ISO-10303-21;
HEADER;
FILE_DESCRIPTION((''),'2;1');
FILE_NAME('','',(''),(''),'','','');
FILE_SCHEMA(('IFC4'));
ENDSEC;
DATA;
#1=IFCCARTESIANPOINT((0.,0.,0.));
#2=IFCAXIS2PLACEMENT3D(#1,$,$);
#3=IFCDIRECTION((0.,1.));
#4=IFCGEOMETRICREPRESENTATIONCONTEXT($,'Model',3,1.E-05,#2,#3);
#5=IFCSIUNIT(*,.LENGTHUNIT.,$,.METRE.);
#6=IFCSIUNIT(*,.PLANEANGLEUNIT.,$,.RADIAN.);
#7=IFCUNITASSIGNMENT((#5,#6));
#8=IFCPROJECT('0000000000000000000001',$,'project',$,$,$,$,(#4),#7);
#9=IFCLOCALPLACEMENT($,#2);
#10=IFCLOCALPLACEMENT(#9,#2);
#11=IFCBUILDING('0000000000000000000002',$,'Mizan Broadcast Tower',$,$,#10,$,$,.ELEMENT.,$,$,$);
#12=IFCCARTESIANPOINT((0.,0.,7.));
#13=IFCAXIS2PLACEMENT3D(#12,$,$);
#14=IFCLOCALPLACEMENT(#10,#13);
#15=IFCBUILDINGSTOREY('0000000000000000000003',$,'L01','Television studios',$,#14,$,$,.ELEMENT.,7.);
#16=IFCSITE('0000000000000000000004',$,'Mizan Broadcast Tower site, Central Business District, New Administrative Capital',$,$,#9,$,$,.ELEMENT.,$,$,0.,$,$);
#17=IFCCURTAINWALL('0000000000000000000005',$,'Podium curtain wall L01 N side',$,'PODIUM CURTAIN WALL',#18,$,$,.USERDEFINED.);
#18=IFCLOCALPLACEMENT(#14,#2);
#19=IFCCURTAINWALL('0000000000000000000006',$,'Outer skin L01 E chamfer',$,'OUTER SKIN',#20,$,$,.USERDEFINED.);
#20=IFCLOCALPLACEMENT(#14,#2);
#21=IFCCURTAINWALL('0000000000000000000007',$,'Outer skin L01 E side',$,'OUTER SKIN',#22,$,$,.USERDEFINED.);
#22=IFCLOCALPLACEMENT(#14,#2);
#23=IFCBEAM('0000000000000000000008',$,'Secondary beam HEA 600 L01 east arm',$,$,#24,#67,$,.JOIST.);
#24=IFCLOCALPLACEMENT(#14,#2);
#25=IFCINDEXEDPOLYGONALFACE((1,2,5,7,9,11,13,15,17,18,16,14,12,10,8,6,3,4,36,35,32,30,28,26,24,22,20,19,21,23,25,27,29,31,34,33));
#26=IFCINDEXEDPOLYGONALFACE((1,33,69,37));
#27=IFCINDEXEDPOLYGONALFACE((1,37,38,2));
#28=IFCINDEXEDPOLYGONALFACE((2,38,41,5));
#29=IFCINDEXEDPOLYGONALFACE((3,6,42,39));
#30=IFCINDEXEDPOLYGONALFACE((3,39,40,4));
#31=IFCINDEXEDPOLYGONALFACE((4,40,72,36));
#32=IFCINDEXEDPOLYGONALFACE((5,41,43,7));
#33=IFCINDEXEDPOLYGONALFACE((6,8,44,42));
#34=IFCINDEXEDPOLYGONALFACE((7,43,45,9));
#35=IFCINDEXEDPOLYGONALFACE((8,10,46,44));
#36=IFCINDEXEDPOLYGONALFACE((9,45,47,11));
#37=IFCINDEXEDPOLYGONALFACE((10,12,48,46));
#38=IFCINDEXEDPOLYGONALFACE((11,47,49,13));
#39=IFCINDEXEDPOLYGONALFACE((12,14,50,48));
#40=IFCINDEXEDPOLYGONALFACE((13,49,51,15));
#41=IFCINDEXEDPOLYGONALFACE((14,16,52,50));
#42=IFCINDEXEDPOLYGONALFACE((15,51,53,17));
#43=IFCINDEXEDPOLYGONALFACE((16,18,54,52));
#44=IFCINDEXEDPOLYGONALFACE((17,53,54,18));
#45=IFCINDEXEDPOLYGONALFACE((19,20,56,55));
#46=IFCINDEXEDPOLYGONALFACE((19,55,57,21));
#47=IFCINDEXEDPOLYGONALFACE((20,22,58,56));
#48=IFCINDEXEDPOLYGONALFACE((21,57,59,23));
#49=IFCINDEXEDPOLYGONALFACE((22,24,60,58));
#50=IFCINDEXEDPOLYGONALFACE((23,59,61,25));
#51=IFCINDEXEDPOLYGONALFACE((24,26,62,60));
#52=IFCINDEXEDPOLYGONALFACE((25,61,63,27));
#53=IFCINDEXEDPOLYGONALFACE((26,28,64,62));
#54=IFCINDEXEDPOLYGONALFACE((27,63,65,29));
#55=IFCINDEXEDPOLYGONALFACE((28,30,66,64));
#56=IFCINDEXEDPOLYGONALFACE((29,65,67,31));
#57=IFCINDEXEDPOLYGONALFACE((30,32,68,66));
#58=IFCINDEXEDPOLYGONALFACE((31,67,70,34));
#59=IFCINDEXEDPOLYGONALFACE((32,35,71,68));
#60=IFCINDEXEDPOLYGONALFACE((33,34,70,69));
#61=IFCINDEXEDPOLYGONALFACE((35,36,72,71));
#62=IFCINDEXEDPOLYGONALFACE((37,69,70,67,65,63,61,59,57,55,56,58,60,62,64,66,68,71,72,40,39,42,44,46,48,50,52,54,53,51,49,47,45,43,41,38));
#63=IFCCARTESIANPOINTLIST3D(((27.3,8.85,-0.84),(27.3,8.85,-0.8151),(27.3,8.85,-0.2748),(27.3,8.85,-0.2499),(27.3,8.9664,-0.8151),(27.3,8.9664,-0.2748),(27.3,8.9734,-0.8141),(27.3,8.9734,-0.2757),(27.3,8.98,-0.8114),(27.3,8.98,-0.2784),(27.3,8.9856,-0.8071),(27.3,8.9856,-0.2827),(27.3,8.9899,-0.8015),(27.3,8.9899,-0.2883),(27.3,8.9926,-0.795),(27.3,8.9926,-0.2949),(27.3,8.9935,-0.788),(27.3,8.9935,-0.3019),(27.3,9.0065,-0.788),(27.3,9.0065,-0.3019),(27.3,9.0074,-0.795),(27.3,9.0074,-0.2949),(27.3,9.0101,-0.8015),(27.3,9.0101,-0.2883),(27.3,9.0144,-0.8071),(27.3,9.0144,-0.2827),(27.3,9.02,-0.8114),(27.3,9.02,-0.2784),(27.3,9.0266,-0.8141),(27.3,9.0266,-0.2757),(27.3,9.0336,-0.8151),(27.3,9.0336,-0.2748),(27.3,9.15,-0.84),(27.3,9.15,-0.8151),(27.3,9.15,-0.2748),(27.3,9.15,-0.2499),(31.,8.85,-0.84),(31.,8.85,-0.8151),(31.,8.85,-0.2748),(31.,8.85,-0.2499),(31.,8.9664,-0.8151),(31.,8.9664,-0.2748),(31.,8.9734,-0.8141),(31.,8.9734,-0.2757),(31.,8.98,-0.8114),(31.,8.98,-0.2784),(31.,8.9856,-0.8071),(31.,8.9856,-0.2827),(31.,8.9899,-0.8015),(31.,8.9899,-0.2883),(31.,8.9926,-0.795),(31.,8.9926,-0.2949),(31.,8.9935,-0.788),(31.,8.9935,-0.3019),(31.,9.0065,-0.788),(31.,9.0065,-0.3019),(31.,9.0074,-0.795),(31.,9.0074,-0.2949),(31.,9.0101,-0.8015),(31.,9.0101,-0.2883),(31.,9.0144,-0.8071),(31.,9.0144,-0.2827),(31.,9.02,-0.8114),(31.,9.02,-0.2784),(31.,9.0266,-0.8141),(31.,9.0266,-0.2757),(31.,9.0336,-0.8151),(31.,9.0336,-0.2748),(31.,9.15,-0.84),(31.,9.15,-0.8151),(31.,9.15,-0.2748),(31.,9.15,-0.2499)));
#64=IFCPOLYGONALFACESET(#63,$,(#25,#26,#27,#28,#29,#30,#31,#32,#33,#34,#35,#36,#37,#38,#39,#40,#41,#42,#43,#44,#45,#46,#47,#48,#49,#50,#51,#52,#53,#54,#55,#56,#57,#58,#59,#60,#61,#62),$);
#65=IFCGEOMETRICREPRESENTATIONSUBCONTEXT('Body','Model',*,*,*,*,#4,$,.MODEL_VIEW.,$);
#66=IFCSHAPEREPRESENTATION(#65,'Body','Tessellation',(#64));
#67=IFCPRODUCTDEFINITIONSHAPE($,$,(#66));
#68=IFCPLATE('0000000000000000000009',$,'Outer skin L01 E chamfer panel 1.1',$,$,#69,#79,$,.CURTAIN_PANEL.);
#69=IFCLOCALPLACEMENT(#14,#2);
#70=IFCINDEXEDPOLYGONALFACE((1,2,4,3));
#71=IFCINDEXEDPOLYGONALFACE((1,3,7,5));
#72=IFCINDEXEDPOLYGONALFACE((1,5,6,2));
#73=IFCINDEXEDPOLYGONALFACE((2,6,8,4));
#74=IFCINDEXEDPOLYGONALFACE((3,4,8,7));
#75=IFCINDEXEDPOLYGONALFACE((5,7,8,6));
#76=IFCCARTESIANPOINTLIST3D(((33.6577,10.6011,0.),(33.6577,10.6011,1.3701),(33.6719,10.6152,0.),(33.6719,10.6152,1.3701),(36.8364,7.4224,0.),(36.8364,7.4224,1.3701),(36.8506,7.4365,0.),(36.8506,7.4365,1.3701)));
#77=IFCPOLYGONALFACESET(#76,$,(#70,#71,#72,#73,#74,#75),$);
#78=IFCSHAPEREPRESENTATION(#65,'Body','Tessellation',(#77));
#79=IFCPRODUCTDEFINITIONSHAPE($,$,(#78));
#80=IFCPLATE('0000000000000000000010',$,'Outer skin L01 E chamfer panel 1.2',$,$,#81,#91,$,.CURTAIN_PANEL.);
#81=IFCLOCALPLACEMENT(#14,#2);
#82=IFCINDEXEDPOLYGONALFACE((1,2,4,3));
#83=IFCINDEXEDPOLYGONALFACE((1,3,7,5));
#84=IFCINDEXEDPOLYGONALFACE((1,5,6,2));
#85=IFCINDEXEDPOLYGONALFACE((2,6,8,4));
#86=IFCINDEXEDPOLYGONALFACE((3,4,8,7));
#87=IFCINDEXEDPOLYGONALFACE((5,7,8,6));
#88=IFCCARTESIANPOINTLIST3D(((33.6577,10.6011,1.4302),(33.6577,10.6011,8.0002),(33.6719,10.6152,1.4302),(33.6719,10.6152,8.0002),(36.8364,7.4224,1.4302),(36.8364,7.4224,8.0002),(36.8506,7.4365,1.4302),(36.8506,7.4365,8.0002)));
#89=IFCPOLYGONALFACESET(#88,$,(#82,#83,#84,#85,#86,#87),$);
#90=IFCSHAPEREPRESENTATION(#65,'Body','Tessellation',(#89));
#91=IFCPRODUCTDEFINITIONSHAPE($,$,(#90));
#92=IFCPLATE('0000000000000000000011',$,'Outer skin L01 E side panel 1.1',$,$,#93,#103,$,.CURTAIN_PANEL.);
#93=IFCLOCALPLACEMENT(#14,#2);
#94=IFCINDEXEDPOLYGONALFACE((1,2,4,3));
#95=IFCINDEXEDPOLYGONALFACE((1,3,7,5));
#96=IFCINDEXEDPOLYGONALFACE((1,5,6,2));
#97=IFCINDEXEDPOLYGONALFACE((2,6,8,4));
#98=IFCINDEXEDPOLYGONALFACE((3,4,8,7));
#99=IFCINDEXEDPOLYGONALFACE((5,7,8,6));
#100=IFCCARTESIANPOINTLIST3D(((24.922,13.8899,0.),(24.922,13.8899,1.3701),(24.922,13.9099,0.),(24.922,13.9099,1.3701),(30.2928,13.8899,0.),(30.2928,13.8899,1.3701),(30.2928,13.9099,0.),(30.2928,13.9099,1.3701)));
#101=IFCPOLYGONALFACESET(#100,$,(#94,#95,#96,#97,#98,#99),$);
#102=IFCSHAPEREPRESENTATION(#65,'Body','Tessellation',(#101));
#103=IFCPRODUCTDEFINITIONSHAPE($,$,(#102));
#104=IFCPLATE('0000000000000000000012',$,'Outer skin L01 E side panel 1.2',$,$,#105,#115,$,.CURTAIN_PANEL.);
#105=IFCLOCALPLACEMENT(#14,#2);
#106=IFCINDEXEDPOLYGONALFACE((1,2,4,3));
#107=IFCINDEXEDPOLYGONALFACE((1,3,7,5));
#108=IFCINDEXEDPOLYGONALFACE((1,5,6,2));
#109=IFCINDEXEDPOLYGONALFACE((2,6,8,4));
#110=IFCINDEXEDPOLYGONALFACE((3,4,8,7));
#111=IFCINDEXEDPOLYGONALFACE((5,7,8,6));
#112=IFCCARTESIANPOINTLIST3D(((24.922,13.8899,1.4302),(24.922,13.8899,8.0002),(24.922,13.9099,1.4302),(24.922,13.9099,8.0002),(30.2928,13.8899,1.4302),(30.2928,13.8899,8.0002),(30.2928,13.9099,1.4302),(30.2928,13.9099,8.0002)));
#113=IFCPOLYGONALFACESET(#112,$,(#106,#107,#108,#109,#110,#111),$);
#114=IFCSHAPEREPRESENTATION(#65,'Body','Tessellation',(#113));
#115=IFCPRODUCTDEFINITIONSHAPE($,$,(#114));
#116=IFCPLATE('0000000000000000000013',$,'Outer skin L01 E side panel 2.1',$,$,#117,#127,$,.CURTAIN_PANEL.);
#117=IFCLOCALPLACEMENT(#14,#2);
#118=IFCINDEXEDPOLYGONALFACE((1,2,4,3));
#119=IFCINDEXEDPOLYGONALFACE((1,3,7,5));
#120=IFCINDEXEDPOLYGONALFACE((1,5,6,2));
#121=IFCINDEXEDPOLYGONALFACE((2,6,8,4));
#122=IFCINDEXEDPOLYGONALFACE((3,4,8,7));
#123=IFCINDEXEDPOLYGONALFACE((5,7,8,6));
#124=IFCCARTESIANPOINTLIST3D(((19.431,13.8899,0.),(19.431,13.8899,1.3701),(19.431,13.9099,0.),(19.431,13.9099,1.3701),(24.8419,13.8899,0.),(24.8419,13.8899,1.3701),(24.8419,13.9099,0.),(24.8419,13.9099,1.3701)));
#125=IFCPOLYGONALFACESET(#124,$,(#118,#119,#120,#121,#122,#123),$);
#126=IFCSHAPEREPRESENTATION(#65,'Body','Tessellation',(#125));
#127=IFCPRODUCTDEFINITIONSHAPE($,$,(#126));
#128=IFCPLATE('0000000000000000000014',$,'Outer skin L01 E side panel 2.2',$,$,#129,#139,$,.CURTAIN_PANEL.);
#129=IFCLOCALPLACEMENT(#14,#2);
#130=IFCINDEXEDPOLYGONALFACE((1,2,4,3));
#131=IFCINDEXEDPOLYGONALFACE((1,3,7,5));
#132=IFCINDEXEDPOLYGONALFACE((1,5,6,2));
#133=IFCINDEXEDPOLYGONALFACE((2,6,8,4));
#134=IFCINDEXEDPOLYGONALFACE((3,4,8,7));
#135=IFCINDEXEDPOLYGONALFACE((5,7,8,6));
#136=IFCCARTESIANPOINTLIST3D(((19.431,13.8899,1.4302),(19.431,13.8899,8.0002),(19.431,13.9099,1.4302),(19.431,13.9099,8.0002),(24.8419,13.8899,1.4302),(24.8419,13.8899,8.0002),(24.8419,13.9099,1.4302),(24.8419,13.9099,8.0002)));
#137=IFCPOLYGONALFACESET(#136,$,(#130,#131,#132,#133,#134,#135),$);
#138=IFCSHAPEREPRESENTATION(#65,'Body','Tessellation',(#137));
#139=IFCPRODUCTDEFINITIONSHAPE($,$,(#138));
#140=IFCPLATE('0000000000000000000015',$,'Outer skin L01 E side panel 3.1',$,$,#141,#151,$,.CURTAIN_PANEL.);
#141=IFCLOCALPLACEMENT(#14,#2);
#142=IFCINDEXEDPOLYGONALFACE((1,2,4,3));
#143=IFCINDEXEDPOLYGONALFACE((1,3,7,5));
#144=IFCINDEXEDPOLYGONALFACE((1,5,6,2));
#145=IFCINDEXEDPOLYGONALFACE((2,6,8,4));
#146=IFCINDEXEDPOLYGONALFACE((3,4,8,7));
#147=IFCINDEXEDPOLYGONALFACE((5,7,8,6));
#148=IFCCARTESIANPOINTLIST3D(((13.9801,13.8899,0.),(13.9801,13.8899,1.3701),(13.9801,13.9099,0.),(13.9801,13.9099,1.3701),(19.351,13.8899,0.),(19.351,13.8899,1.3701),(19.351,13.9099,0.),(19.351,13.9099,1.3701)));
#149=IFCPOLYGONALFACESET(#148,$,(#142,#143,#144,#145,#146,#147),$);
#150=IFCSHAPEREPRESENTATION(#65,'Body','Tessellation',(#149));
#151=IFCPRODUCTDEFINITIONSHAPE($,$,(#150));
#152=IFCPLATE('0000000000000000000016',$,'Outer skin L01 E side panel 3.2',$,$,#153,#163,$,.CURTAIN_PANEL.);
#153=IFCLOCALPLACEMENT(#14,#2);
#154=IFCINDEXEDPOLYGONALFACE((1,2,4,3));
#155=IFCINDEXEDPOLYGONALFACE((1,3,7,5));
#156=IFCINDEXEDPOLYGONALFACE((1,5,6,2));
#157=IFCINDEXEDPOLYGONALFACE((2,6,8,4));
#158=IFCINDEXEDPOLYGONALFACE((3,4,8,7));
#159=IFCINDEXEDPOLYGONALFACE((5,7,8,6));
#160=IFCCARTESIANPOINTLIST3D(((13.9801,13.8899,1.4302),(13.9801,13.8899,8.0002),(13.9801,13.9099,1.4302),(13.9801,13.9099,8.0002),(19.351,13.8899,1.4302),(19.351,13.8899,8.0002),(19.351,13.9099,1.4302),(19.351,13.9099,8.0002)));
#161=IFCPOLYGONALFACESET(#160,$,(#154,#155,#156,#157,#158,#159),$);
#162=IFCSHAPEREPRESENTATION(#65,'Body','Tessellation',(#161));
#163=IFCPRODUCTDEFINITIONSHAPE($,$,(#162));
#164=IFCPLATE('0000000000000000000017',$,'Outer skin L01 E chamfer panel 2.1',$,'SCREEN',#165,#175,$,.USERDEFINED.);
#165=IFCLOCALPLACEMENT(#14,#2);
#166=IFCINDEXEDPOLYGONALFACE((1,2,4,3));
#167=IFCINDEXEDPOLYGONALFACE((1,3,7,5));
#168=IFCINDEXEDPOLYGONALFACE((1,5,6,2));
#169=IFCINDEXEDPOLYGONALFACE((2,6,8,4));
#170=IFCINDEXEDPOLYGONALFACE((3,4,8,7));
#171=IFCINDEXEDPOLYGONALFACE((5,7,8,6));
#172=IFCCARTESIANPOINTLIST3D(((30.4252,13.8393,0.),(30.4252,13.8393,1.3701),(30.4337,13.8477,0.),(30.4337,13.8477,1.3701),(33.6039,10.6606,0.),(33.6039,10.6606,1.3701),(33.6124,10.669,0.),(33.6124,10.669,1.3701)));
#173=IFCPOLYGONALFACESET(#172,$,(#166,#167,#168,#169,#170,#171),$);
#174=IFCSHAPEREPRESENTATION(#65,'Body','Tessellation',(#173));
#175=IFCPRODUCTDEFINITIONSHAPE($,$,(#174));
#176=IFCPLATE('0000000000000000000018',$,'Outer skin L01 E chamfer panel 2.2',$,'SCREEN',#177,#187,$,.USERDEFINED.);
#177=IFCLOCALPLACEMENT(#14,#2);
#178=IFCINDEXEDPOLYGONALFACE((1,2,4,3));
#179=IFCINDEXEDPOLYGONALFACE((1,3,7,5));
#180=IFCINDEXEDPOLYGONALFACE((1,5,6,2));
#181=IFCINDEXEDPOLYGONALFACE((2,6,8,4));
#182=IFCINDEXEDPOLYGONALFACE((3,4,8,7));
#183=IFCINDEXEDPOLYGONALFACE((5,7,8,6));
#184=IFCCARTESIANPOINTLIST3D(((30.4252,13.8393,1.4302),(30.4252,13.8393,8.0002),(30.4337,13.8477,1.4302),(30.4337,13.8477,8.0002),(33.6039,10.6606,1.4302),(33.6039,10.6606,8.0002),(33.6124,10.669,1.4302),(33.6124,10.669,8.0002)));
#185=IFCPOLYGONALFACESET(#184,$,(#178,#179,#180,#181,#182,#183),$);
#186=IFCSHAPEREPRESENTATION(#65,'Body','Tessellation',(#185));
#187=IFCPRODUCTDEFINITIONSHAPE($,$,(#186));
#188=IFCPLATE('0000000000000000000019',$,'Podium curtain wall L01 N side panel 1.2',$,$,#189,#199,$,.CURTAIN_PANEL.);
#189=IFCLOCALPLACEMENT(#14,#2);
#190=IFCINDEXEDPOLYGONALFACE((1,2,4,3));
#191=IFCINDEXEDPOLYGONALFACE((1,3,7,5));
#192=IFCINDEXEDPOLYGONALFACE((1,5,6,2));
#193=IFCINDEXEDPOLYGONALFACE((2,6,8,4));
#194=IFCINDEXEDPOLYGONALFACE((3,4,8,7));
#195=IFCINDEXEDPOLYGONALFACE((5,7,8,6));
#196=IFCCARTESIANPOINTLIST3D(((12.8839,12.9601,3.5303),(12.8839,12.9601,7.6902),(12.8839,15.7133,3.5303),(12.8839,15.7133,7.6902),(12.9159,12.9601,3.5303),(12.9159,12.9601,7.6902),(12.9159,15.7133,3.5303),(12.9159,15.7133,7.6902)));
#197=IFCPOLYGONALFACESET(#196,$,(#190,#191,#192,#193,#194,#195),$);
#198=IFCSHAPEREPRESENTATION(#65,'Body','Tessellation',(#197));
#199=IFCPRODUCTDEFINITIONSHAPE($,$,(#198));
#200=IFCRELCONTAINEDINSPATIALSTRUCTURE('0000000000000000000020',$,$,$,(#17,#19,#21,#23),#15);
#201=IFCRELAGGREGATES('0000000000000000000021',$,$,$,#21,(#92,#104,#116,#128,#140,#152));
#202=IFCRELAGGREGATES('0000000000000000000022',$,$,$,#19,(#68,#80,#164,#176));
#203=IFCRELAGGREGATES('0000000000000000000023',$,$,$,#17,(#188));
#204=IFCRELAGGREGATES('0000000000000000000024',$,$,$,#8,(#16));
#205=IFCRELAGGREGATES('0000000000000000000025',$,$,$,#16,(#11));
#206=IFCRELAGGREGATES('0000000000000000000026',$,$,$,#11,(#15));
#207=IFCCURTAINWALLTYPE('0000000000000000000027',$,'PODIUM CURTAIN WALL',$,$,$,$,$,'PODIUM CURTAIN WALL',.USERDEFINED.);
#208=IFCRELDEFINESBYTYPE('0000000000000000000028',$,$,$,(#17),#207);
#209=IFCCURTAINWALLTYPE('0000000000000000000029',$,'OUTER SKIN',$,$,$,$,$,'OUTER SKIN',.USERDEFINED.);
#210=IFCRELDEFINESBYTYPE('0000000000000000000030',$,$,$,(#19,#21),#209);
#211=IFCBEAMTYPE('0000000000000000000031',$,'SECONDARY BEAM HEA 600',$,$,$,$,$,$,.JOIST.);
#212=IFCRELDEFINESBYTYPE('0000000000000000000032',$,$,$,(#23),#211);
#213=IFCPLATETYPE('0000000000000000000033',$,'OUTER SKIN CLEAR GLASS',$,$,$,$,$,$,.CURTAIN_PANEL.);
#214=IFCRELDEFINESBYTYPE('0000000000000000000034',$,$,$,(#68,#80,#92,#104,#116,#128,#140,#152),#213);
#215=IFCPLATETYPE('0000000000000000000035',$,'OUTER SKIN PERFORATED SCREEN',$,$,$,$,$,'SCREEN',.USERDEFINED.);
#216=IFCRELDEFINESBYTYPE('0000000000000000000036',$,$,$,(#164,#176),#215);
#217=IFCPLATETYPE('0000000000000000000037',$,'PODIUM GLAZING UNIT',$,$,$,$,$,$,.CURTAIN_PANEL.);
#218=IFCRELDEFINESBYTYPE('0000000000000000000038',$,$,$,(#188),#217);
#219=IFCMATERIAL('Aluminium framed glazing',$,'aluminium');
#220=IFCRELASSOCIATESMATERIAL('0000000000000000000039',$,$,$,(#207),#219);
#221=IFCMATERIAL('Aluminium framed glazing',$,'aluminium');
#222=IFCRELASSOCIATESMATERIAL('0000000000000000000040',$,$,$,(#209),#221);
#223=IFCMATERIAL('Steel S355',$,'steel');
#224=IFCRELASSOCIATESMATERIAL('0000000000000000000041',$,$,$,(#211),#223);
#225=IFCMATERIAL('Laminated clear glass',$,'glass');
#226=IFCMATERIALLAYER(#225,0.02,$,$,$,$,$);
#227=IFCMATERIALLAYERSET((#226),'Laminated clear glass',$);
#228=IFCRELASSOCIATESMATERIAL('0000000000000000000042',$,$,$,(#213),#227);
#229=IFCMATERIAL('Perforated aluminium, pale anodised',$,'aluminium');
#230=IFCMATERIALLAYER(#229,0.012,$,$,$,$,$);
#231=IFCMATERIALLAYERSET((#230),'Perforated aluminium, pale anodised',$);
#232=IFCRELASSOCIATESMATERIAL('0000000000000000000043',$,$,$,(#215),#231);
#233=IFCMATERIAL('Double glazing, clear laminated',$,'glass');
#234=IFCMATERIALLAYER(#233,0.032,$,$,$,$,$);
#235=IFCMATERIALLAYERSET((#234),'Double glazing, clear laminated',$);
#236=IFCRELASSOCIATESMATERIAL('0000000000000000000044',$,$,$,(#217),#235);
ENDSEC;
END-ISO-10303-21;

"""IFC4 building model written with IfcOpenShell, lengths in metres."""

from ifc_helpers import new_model, si_unit, direction, frame, origin, origin_2d, place, context, subcontext, project, spatial, rectangle, i_section, extrude, material, layer, layer_set, material_profile, profile_set, type_object, element, aggregate, save


model = new_model("IFC4")

# Units and contexts
model_context = context("Model", 3, precision=1e-05, world=origin(), true_north=direction((0.0, 1.0)))
body_context = subcontext(model_context, "Body", "Model", "MODEL_VIEW")
ifc_project = project(units=[si_unit("LENGTHUNIT", "METRE"), si_unit("PLANEANGLEUNIT", "RADIAN")], contexts=[model_context])

# Site, building, storey
site_placement = place(None, origin())
site = spatial("IfcSite", under=ifc_project, at=site_placement, Name="Mizan Broadcast Tower site, Central Business District, New Administrative Capital", CompositionType="ELEMENT", RefElevation=0.0)
building_placement = place(site_placement, origin())
building = spatial("IfcBuilding", under=site, at=building_placement, Name="Mizan Broadcast Tower", CompositionType="ELEMENT")
storey_placement = place(building_placement, frame((0.0, 0.0, 7.0)))
storey = spatial("IfcBuildingStorey", under=building, at=storey_placement, Name="L01", Description="Television studios", CompositionType="ELEMENT", Elevation=7.0)

# Curtain wall
ifc_material_1 = material(Name="Aluminium framed glazing", Category="aluminium")
curtain_wall_type_1 = type_object("IfcCurtainWallType", Name="PODIUM CURTAIN WALL", ElementType="PODIUM CURTAIN WALL", PredefinedType="USERDEFINED", material=ifc_material_1)
curtain_wall_1_placement = place(storey_placement, origin())
curtain_wall_1 = element("IfcCurtainWall", 1, at=curtain_wall_1_placement, inside=storey, type_object=curtain_wall_type_1, Name="Podium curtain wall L01 N side", ObjectType="PODIUM CURTAIN WALL", PredefinedType="USERDEFINED")
ifc_material_2 = material(Name="Aluminium framed glazing", Category="aluminium")
curtain_wall_type_2 = type_object("IfcCurtainWallType", Name="OUTER SKIN", ElementType="OUTER SKIN", PredefinedType="USERDEFINED", material=ifc_material_2)

# Curtain walls
curtain_wall_2_placement = place(storey_placement, origin())
curtain_wall_2 = element("IfcCurtainWall", 2, at=curtain_wall_2_placement, inside=storey, type_object=curtain_wall_type_2, Name="Outer skin L01 E chamfer", ObjectType="OUTER SKIN", PredefinedType="USERDEFINED")
curtain_wall_3_placement = place(storey_placement, origin())
curtain_wall_3 = element("IfcCurtainWall", 3, at=curtain_wall_3_placement, inside=storey, type_object=curtain_wall_type_2, Name="Outer skin L01 E side", ObjectType="OUTER SKIN", PredefinedType="USERDEFINED")

# Beam
ifc_material_3 = material(Name="Steel S355", Category="steel")
ifc_material_profile_1 = material_profile(ifc_material_3, i_section(OverallWidth=0.3, OverallDepth=0.5901, WebThickness=0.0129, FlangeThickness=0.0249, FilletRadius=0.0271, at=origin_2d()), Name="HEA 600")
ifc_profile_set_1 = profile_set([ifc_material_profile_1], Name="Steel S355")
beam_type_1 = type_object("IfcBeamType", Name="SECONDARY BEAM HEA 600", PredefinedType="JOIST", material=ifc_profile_set_1)
beam_1_placement = place(storey_placement, frame((27.3, 9.0, -0.5449), z_axis=(1.0, 0.0, 0.0), x_axis=(0.0, 1.0, 0.0)))
element("IfcBeam", 4, at=beam_1_placement, inside=storey, type_object=beam_type_1, Name="Secondary beam HEA 600 L01 east arm", PredefinedType="JOIST", context=body_context, shape_type="SweptSolid", body=[
    extrude(i_section(OverallWidth=0.3, OverallDepth=0.5901, WebThickness=0.0129, FlangeThickness=0.0249, FilletRadius=0.0271, at=origin_2d()), origin(), (0.0, 0.0, 1.0), 3.7),
])

# Plates
ifc_material_4 = material(Name="Laminated clear glass", Category="glass")
ifc_layer_1 = layer(ifc_material_4, 0.02)
ifc_layer_set_1 = layer_set([ifc_layer_1], Name="Laminated clear glass")
plate_type_1 = type_object("IfcPlateType", Name="OUTER SKIN CLEAR GLASS", PredefinedType="CURTAIN_PANEL", material=ifc_layer_set_1)
plate_1_placement = place(storey_placement, frame((35.2542, 9.0188, 0.0), z_axis=(0.0, 0.0, 1.0), x_axis=(-0.707107, 0.707107, 0.0)))
plate_1 = element("IfcPlate", 5, at=plate_1_placement, type_object=plate_type_1, Name="Outer skin L01 E chamfer panel 1.1", PredefinedType="CURTAIN_PANEL", context=body_context, shape_type="SweptSolid", body=[
    extrude(rectangle(XDim=4.4954, YDim=0.02, at=origin_2d()), origin(), (0.0, 0.0, 1.0), 1.3701),
])
plate_2_placement = place(storey_placement, frame((35.2542, 9.0188, 1.4302), z_axis=(0.0, 0.0, 1.0), x_axis=(-0.707107, 0.707107, 0.0)))
plate_2 = element("IfcPlate", 6, at=plate_2_placement, type_object=plate_type_1, Name="Outer skin L01 E chamfer panel 1.2", PredefinedType="CURTAIN_PANEL", context=body_context, shape_type="SweptSolid", body=[
    extrude(rectangle(XDim=4.4954, YDim=0.02, at=origin_2d()), origin(), (0.0, 0.0, 1.0), 6.5701),
])
plate_3_placement = place(storey_placement, frame((27.6074, 13.8999, 0.0), z_axis=(0.0, 0.0, 1.0), x_axis=(-1.0, 0.0, 0.0)))
plate_3 = element("IfcPlate", 7, at=plate_3_placement, type_object=plate_type_1, Name="Outer skin L01 E side panel 1.1", PredefinedType="CURTAIN_PANEL", context=body_context, shape_type="SweptSolid", body=[
    extrude(rectangle(XDim=5.3708, YDim=0.02, at=origin_2d()), origin(), (0.0, 0.0, 1.0), 1.3701),
])
plate_4_placement = place(storey_placement, frame((27.6074, 13.8999, 1.4302), z_axis=(0.0, 0.0, 1.0), x_axis=(-1.0, 0.0, 0.0)))
plate_4 = element("IfcPlate", 8, at=plate_4_placement, type_object=plate_type_1, Name="Outer skin L01 E side panel 1.2", PredefinedType="CURTAIN_PANEL", context=body_context, shape_type="SweptSolid", body=[
    extrude(rectangle(XDim=5.3708, YDim=0.02, at=origin_2d()), origin(), (0.0, 0.0, 1.0), 6.5701),
])
plate_5_placement = place(storey_placement, frame((22.1365, 13.8999, 0.0), z_axis=(0.0, 0.0, 1.0), x_axis=(-1.0, 0.0, 0.0)))
plate_5 = element("IfcPlate", 9, at=plate_5_placement, type_object=plate_type_1, Name="Outer skin L01 E side panel 2.1", PredefinedType="CURTAIN_PANEL", context=body_context, shape_type="SweptSolid", body=[
    extrude(rectangle(XDim=5.4109, YDim=0.02, at=origin_2d()), origin(), (0.0, 0.0, 1.0), 1.3701),
])
plate_6_placement = place(storey_placement, frame((22.1365, 13.8999, 1.4302), z_axis=(0.0, 0.0, 1.0), x_axis=(-1.0, 0.0, 0.0)))
plate_6 = element("IfcPlate", 10, at=plate_6_placement, type_object=plate_type_1, Name="Outer skin L01 E side panel 2.2", PredefinedType="CURTAIN_PANEL", context=body_context, shape_type="SweptSolid", body=[
    extrude(rectangle(XDim=5.4109, YDim=0.02, at=origin_2d()), origin(), (0.0, 0.0, 1.0), 6.5701),
])
plate_7_placement = place(storey_placement, frame((16.6655, 13.8999, 0.0), z_axis=(0.0, 0.0, 1.0), x_axis=(-1.0, 0.0, 0.0)))
plate_7 = element("IfcPlate", 11, at=plate_7_placement, type_object=plate_type_1, Name="Outer skin L01 E side panel 3.1", PredefinedType="CURTAIN_PANEL", context=body_context, shape_type="SweptSolid", body=[
    extrude(rectangle(XDim=5.3708, YDim=0.02, at=origin_2d()), origin(), (0.0, 0.0, 1.0), 1.3701),
])
plate_8_placement = place(storey_placement, frame((16.6655, 13.8999, 1.4302), z_axis=(0.0, 0.0, 1.0), x_axis=(-1.0, 0.0, 0.0)))
plate_8 = element("IfcPlate", 12, at=plate_8_placement, type_object=plate_type_1, Name="Outer skin L01 E side panel 3.2", PredefinedType="CURTAIN_PANEL", context=body_context, shape_type="SweptSolid", body=[
    extrude(rectangle(XDim=5.3708, YDim=0.02, at=origin_2d()), origin(), (0.0, 0.0, 1.0), 6.5701),
])
aggregate(curtain_wall_3, [plate_3, plate_4, plate_5, plate_6, plate_7, plate_8])
ifc_material_5 = material(Name="Perforated aluminium, pale anodised", Category="aluminium")
ifc_layer_2 = layer(ifc_material_5, 0.012)
ifc_layer_set_2 = layer_set([ifc_layer_2], Name="Perforated aluminium, pale anodised")
plate_type_2 = type_object("IfcPlateType", Name="OUTER SKIN PERFORATED SCREEN", ElementType="SCREEN", PredefinedType="USERDEFINED", material=ifc_layer_set_2)
plate_9_placement = place(storey_placement, frame((32.0188, 12.2542, 0.0), z_axis=(0.0, 0.0, 1.0), x_axis=(-0.707107, 0.707107, 0.0)))
plate_9 = element("IfcPlate", 13, at=plate_9_placement, type_object=plate_type_2, Name="Outer skin L01 E chamfer panel 2.1", ObjectType="SCREEN", PredefinedType="USERDEFINED", context=body_context, shape_type="SweptSolid", body=[
    extrude(rectangle(XDim=4.4954, YDim=0.012, at=origin_2d()), origin(), (0.0, 0.0, 1.0), 1.3701),
])
plate_10_placement = place(storey_placement, frame((32.0188, 12.2542, 1.4302), z_axis=(0.0, 0.0, 1.0), x_axis=(-0.707107, 0.707107, 0.0)))
plate_10 = element("IfcPlate", 14, at=plate_10_placement, type_object=plate_type_2, Name="Outer skin L01 E chamfer panel 2.2", ObjectType="SCREEN", PredefinedType="USERDEFINED", context=body_context, shape_type="SweptSolid", body=[
    extrude(rectangle(XDim=4.4954, YDim=0.012, at=origin_2d()), origin(), (0.0, 0.0, 1.0), 6.5701),
])
aggregate(curtain_wall_2, [plate_1, plate_2, plate_9, plate_10])
ifc_material_6 = material(Name="Double glazing, clear laminated", Category="glass")
ifc_layer_3 = layer(ifc_material_6, 0.032)
ifc_layer_set_3 = layer_set([ifc_layer_3], Name="Double glazing, clear laminated")
plate_type_3 = type_object("IfcPlateType", Name="PODIUM GLAZING UNIT", PredefinedType="CURTAIN_PANEL", material=ifc_layer_set_3)
plate_11_placement = place(storey_placement, frame((12.8999, 14.3367, 3.5303), z_axis=(0.0, 0.0, 1.0), x_axis=(0.0, 1.0, 0.0)))
plate_11 = element("IfcPlate", 15, at=plate_11_placement, type_object=plate_type_3, Name="Podium curtain wall L01 N side panel 1.2", PredefinedType="CURTAIN_PANEL", context=body_context, shape_type="SweptSolid", body=[
    extrude(rectangle(XDim=2.7532, YDim=0.032, at=origin_2d()), origin(), (0.0, 0.0, 1.0), 4.1599),
])
aggregate(curtain_wall_1, [plate_11])

save(model, "model.ifc")
